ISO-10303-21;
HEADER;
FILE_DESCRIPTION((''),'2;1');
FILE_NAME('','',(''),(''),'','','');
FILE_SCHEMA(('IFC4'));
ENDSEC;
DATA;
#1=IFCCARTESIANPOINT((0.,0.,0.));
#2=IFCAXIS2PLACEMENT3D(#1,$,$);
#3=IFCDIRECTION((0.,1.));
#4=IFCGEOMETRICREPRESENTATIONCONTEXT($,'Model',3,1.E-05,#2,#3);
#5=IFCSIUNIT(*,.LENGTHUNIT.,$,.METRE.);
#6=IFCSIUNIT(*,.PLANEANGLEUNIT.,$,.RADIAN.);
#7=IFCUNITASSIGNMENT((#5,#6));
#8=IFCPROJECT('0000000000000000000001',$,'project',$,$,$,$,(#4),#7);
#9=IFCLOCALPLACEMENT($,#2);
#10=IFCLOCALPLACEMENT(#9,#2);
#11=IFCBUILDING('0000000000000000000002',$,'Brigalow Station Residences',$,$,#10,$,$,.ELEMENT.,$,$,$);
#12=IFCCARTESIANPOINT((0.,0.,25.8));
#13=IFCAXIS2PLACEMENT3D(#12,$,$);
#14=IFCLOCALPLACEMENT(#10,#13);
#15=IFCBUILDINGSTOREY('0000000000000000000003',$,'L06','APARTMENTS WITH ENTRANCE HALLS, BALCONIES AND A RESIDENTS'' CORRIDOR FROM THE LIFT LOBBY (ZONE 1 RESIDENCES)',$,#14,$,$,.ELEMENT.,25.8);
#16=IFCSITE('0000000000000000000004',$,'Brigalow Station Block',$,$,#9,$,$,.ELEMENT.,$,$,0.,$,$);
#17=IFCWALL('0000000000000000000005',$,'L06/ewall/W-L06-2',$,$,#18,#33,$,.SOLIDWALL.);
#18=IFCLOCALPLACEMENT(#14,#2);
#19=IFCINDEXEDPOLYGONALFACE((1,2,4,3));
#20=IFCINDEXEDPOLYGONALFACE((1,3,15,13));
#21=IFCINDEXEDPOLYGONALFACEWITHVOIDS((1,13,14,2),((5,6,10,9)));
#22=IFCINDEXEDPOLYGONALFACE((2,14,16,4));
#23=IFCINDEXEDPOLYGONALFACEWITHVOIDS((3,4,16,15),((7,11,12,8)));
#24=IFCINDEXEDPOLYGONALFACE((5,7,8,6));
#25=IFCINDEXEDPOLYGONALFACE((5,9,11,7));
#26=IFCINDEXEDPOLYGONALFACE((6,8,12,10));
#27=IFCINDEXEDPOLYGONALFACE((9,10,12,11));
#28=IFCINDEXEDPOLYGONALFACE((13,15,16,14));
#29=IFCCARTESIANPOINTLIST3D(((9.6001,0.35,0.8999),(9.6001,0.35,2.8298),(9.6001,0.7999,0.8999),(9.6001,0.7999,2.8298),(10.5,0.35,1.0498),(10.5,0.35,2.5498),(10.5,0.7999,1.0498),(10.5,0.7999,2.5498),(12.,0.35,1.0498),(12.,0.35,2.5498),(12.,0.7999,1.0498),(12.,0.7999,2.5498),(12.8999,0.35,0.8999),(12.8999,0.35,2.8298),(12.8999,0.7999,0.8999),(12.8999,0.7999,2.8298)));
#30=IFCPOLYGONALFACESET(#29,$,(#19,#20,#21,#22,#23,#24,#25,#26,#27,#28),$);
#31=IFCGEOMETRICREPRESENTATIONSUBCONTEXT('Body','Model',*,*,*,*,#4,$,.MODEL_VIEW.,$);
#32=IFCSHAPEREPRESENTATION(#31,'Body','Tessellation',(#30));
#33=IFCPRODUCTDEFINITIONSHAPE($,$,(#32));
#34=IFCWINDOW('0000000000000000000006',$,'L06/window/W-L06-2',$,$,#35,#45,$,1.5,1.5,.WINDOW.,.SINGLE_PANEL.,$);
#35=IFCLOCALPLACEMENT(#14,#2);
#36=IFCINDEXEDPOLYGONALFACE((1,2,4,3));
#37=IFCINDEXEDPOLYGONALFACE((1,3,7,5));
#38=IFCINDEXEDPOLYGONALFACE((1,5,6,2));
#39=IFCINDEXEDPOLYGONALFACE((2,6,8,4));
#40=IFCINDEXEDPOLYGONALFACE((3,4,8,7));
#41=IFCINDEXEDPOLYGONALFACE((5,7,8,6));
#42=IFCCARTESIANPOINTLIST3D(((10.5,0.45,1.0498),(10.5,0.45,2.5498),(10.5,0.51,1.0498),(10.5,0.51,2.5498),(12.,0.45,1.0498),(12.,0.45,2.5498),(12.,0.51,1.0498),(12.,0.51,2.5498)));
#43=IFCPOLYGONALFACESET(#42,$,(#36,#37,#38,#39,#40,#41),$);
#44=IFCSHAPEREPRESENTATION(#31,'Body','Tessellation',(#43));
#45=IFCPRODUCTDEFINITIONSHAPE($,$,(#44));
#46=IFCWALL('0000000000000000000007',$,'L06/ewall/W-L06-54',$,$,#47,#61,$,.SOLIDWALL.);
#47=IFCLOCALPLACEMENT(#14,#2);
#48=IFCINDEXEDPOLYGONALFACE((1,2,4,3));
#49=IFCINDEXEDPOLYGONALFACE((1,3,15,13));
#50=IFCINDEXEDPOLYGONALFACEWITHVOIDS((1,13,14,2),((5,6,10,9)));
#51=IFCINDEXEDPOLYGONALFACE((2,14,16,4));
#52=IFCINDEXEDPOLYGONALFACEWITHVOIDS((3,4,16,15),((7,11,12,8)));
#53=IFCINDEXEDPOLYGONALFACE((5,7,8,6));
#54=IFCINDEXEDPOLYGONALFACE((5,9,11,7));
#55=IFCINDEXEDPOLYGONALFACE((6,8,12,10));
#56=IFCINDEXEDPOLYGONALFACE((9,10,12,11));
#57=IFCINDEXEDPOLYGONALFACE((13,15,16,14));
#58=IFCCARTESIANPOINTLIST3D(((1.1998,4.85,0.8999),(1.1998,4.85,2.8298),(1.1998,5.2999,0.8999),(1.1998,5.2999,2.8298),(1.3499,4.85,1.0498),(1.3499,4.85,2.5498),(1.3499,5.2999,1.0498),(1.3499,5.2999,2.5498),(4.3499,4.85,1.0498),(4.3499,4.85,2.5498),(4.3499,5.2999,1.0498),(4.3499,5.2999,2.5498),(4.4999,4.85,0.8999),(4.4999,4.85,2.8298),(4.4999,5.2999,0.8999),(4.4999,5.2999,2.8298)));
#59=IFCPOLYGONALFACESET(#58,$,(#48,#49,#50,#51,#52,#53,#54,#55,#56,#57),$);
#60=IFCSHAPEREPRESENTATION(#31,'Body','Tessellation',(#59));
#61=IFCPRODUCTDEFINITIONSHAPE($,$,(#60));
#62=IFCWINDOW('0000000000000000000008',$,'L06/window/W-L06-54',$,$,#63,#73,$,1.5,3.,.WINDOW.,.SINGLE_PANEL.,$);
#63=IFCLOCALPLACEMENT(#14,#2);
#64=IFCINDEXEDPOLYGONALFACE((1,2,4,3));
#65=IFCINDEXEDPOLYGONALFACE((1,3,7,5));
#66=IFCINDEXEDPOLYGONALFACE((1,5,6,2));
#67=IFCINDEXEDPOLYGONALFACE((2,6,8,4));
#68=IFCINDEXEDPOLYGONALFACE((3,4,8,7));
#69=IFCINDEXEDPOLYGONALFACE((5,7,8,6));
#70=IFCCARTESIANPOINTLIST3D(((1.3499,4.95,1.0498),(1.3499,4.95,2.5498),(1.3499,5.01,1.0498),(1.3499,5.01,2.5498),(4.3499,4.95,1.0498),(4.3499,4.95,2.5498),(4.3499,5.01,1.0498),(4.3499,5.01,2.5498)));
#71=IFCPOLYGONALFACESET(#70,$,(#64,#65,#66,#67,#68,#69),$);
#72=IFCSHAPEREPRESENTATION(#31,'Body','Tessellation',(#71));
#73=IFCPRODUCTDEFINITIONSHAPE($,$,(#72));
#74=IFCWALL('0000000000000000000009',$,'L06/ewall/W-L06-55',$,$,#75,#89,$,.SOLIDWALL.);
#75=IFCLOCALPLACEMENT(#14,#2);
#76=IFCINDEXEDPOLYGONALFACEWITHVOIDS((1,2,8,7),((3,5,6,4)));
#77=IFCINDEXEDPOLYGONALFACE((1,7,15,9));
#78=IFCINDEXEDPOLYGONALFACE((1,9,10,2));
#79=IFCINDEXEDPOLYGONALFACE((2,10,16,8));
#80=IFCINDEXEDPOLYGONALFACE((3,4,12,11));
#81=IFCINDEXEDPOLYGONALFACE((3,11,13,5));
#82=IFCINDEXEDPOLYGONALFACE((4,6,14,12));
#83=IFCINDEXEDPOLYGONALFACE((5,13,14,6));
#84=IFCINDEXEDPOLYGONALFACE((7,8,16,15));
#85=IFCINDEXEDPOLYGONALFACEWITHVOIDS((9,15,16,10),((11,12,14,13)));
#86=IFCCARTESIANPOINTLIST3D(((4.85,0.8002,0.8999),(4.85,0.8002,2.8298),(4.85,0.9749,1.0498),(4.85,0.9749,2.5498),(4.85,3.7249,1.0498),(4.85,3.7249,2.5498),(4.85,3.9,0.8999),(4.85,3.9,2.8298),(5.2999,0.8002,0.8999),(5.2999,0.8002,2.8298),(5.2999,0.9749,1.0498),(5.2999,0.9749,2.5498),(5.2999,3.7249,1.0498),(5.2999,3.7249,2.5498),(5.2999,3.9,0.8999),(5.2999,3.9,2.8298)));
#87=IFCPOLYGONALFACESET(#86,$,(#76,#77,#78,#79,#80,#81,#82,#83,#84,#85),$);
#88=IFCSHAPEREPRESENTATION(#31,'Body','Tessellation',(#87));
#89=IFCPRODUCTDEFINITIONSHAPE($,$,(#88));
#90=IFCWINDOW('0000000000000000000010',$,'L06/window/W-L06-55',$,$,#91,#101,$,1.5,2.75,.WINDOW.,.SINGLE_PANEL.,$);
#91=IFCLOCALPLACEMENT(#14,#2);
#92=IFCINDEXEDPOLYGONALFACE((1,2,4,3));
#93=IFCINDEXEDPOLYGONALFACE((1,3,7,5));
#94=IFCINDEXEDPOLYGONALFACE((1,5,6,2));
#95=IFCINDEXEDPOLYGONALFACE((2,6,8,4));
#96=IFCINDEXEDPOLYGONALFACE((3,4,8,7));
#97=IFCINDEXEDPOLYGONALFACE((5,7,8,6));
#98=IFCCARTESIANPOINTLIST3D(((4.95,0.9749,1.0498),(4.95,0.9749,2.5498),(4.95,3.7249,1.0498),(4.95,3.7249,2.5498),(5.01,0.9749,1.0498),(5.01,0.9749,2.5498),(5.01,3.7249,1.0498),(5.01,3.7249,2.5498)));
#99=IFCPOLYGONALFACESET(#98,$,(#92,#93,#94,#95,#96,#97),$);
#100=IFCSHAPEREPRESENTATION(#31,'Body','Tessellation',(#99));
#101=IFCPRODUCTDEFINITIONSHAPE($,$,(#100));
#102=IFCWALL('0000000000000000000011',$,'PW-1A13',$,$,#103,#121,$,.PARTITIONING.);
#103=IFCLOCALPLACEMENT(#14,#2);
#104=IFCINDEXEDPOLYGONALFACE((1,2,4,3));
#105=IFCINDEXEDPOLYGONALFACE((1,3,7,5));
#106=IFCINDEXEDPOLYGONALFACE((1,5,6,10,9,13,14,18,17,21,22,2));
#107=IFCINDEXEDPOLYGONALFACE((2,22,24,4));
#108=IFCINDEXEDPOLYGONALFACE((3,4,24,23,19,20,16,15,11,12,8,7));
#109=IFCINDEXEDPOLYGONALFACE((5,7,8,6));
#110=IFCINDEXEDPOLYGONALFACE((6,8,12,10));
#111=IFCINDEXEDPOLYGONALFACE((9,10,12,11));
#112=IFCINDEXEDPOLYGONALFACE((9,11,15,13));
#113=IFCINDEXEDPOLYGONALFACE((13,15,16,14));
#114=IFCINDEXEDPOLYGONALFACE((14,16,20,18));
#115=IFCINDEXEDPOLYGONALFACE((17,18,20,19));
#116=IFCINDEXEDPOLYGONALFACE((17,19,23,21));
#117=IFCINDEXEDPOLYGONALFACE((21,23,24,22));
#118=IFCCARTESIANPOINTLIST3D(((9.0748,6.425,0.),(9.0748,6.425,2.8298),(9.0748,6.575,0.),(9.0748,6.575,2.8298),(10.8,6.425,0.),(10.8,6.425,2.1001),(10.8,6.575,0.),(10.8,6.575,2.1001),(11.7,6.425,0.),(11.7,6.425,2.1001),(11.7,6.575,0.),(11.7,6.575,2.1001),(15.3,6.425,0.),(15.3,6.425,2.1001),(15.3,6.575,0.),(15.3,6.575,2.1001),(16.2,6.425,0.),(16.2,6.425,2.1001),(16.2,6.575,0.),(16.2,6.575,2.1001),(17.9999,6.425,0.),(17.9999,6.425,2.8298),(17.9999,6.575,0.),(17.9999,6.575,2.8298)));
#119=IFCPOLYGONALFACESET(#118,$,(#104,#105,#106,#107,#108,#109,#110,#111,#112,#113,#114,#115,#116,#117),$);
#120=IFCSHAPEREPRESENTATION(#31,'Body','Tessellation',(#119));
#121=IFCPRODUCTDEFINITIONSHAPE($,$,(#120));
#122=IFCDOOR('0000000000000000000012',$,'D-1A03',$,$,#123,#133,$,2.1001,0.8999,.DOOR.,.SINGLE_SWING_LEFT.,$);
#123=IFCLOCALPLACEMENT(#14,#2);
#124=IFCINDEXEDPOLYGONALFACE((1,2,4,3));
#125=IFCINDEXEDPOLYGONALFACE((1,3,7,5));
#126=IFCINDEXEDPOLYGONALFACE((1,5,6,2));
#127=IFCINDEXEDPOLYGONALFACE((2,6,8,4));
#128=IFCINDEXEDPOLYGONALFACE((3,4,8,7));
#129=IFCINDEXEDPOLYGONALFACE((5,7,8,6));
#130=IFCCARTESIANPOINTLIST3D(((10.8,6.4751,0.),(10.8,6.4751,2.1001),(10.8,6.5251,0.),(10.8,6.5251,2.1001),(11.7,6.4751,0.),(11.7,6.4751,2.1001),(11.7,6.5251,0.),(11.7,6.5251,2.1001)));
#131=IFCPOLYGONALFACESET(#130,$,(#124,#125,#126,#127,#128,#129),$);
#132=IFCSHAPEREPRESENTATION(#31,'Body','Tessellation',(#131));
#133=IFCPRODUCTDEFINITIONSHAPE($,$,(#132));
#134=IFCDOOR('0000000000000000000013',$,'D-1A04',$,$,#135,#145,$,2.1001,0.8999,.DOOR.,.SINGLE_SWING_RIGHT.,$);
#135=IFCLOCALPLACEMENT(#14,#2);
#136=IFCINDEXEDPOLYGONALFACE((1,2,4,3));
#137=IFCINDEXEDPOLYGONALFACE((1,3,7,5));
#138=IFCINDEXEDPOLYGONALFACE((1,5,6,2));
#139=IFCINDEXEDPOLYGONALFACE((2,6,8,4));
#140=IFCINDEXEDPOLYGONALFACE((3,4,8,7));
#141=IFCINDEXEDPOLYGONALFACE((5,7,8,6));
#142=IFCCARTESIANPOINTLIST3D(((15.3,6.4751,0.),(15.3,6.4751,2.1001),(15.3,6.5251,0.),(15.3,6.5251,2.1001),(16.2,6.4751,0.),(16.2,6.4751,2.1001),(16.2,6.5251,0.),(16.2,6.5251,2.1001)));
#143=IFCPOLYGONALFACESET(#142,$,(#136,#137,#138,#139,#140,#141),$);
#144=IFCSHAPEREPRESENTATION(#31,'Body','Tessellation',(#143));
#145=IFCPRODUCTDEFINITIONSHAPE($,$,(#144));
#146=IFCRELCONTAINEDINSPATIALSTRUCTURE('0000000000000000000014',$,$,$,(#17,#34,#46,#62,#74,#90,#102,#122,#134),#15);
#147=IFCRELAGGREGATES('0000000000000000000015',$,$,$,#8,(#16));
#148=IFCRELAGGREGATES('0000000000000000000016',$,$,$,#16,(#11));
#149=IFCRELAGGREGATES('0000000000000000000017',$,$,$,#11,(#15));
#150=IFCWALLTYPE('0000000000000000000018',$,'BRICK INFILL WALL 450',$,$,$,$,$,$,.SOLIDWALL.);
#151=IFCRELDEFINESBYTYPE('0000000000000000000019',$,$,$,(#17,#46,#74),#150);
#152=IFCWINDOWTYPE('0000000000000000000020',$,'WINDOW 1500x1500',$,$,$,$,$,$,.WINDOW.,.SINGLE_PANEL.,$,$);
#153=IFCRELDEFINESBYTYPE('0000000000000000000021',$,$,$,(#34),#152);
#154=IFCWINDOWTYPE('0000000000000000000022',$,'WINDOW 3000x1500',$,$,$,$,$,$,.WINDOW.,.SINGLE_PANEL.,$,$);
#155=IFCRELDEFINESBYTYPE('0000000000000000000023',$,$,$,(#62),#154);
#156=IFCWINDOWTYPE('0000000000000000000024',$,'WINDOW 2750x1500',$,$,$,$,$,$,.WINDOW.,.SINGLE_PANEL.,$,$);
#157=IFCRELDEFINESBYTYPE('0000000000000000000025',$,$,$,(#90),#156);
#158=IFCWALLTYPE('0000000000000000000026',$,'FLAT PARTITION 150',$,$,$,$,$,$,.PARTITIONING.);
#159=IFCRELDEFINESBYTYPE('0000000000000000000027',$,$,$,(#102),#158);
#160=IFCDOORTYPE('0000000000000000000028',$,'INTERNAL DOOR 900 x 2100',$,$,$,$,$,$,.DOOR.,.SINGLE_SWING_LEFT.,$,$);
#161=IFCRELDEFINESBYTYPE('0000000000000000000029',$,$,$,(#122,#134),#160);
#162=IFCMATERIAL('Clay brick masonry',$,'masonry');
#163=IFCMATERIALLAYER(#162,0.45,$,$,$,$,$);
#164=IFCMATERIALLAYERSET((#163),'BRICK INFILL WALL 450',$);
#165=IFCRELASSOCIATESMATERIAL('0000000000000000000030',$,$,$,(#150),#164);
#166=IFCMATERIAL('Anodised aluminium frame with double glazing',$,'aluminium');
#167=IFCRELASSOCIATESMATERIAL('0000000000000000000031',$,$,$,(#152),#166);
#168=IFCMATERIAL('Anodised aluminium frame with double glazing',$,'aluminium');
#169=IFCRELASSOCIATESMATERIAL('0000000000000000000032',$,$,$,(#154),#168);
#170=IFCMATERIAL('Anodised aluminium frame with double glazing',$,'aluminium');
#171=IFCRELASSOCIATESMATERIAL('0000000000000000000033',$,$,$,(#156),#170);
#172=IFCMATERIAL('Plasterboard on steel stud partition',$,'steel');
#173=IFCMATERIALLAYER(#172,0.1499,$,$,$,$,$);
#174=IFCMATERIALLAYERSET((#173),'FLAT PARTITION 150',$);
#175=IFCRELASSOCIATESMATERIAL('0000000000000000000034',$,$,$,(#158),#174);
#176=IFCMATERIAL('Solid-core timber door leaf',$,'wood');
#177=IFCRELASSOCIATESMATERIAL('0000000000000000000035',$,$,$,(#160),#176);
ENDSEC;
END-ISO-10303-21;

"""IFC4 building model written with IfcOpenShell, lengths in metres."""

from ifc_helpers import new_model, si_unit, direction, frame, frame_2d, origin, place, context, subcontext, project, spatial, rectangle, extrude, material, layer, layer_set, type_object, element, fill, save


model = new_model("IFC4")

# Units and contexts
model_context = context("Model", 3, precision=1e-05, world=origin(), true_north=direction((0.0, 1.0)))
body_context = subcontext(model_context, "Body", "Model", "MODEL_VIEW")
ifc_project = project(units=[si_unit("LENGTHUNIT", "METRE"), si_unit("PLANEANGLEUNIT", "RADIAN")], contexts=[model_context])

# Site, building, storey
site_placement = place(None, origin())
site = spatial("IfcSite", under=ifc_project, at=site_placement, Name="Brigalow Station Block", CompositionType="ELEMENT", RefElevation=0.0)
building_placement = place(site_placement, origin())
building = spatial("IfcBuilding", under=site, at=building_placement, Name="Brigalow Station Residences", CompositionType="ELEMENT")
storey_placement = place(building_placement, frame((0.0, 0.0, 25.8)))
storey = spatial("IfcBuildingStorey", under=building, at=storey_placement, Name="L06", Description="APARTMENTS WITH ENTRANCE HALLS, BALCONIES AND A RESIDENTS' CORRIDOR FROM THE LIFT LOBBY (ZONE 1 RESIDENCES)", CompositionType="ELEMENT", Elevation=25.8)

# Walls, openings, windows
ifc_material_1 = material(Name="Clay brick masonry", Category="masonry")
ifc_layer_1 = layer(ifc_material_1, 0.45)
ifc_layer_set_1 = layer_set([ifc_layer_1], Name="BRICK INFILL WALL 450")
wall_type_1 = type_object("IfcWallType", Name="BRICK INFILL WALL 450", PredefinedType="SOLIDWALL", material=ifc_layer_set_1)
ifc_material_2 = material(Name="Anodised aluminium frame with double glazing", Category="aluminium")
window_type_1 = type_object("IfcWindowType", Name="WINDOW 1500x1500", PartitioningType="SINGLE_PANEL", PredefinedType="WINDOW", material=ifc_material_2)
wall_1_placement = place(storey_placement, frame((9.6001, 0.575, 0.8999), z_axis=(0.0, 0.0, 1.0), x_axis=(1.0, 0.0, 0.0)))
wall_1 = element("IfcWall", 1, at=wall_1_placement, inside=storey, type_object=wall_type_1, Name="L06/ewall/W-L06-2", PredefinedType="SOLIDWALL", context=body_context, shape_type="SweptSolid", body=[
    extrude(rectangle(XDim=3.2998, YDim=0.45, at=frame_2d((1.6499, 0.0))), origin(), (0.0, 0.0, 1.0), 1.9299),
])
opening_1_placement = place(wall_1_placement, frame((0.8999, 0.0, 0.1499)))
opening_1 = element("IfcOpeningElement", 2, at=opening_1_placement, cuts=wall_1, PredefinedType="OPENING", context=body_context, shape_type="SweptSolid", body=[
    extrude(rectangle(XDim=1.5, YDim=1.5, at=frame_2d((0.75, 0.75))), frame((0.0, 0.2349, 0.0), z_axis=(0.0, -1.0, 0.0), x_axis=(1.0, 0.0, 0.0)), (0.0, 0.0, 1.0), 0.47),
])
window_1_placement = place(opening_1_placement, origin())
window_1 = element("IfcWindow", 3, at=window_1_placement, inside=storey, type_object=window_type_1, Name="L06/window/W-L06-2", OverallHeight=1.5, OverallWidth=1.5, PartitioningType="SINGLE_PANEL", PredefinedType="WINDOW", context=body_context, shape_type="SweptSolid", body=[
    extrude(rectangle(XDim=1.5, YDim=1.5, at=frame_2d((0.75, 0.75))), frame((0.0, -0.0649, 0.0), z_axis=(0.0, -1.0, 0.0), x_axis=(1.0, 0.0, 0.0)), (0.0, 0.0, 1.0), 0.0601),
])
fill(opening_1, window_1)
wall_2_placement = place(storey_placement, frame((1.2, 5.075, 0.8999), z_axis=(0.0, 0.0, 1.0), x_axis=(1.0, 0.0, 0.0)))
wall_2 = element("IfcWall", 4, at=wall_2_placement, inside=storey, type_object=wall_type_1, Name="L06/ewall/W-L06-54", PredefinedType="SOLIDWALL", context=body_context, shape_type="SweptSolid", body=[
    extrude(rectangle(XDim=3.3, YDim=0.45, at=frame_2d((1.6499, 0.0))), origin(), (0.0, 0.0, 1.0), 1.9299),
])
opening_2_placement = place(wall_2_placement, frame((0.1499, 0.0, 0.1499)))
opening_2 = element("IfcOpeningElement", 5, at=opening_2_placement, cuts=wall_2, PredefinedType="OPENING", context=body_context, shape_type="SweptSolid", body=[
    extrude(rectangle(XDim=3.0, YDim=1.5, at=frame_2d((1.5, 0.75))), frame((0.0, 0.2349, 0.0), z_axis=(0.0, -1.0, 0.0), x_axis=(1.0, 0.0, 0.0)), (0.0, 0.0, 1.0), 0.47),
])
ifc_material_3 = material(Name="Anodised aluminium frame with double glazing", Category="aluminium")
window_type_2 = type_object("IfcWindowType", Name="WINDOW 3000x1500", PartitioningType="SINGLE_PANEL", PredefinedType="WINDOW", material=ifc_material_3)
window_2_placement = place(opening_2_placement, origin())
window_2 = element("IfcWindow", 6, at=window_2_placement, inside=storey, type_object=window_type_2, Name="L06/window/W-L06-54", OverallHeight=1.5, OverallWidth=3.0, PartitioningType="SINGLE_PANEL", PredefinedType="WINDOW", context=body_context, shape_type="SweptSolid", body=[
    extrude(rectangle(XDim=3.0, YDim=1.5, at=frame_2d((1.5, 0.75))), frame((0.0, -0.0649, 0.0), z_axis=(0.0, -1.0, 0.0), x_axis=(1.0, 0.0, 0.0)), (0.0, 0.0, 1.0), 0.0601),
])
fill(opening_2, window_2)
wall_3_placement = place(storey_placement, frame((5.075, 3.8999, 0.8999), z_axis=(0.0, 0.0, 1.0), x_axis=(0.0, -1.0, 0.0)))
wall_3 = element("IfcWall", 7, at=wall_3_placement, inside=storey, type_object=wall_type_1, Name="L06/ewall/W-L06-55", PredefinedType="SOLIDWALL", context=body_context, shape_type="SweptSolid", body=[
    extrude(rectangle(XDim=3.0999, YDim=0.45, at=frame_2d((1.5498, 0.0))), origin(), (0.0, 0.0, 1.0), 1.9299),
])
opening_3_placement = place(wall_3_placement, frame((0.175, 0.0, 0.1499)))
opening_3 = element("IfcOpeningElement", 8, at=opening_3_placement, cuts=wall_3, PredefinedType="OPENING", context=body_context, shape_type="SweptSolid", body=[
    extrude(rectangle(XDim=2.75, YDim=1.5, at=frame_2d((1.375, 0.75))), frame((0.0, 0.2349, 0.0), z_axis=(0.0, -1.0, 0.0), x_axis=(1.0, 0.0, 0.0)), (0.0, 0.0, 1.0), 0.47),
])
ifc_material_4 = material(Name="Anodised aluminium frame with double glazing", Category="aluminium")
window_type_3 = type_object("IfcWindowType", Name="WINDOW 2750x1500", PartitioningType="SINGLE_PANEL", PredefinedType="WINDOW", material=ifc_material_4)
window_3_placement = place(opening_3_placement, origin())
window_3 = element("IfcWindow", 9, at=window_3_placement, inside=storey, type_object=window_type_3, Name="L06/window/W-L06-55", OverallHeight=1.5, OverallWidth=2.75, PartitioningType="SINGLE_PANEL", PredefinedType="WINDOW", context=body_context, shape_type="SweptSolid", body=[
    extrude(rectangle(XDim=2.75, YDim=1.5, at=frame_2d((1.375, 0.75))), frame((0.0, -0.0649, 0.0), z_axis=(0.0, -1.0, 0.0), x_axis=(1.0, 0.0, 0.0)), (0.0, 0.0, 1.0), 0.0601),
])
fill(opening_3, window_3)

# Wall, openings, doors
ifc_material_5 = material(Name="Plasterboard on steel stud partition", Category="steel")
ifc_layer_2 = layer(ifc_material_5, 0.1499)
ifc_layer_set_2 = layer_set([ifc_layer_2], Name="FLAT PARTITION 150")
wall_type_2 = type_object("IfcWallType", Name="FLAT PARTITION 150", PredefinedType="PARTITIONING", material=ifc_layer_set_2)
wall_4_placement = place(storey_placement, frame((9.075, 6.5, 0.0), z_axis=(0.0, 0.0, 1.0), x_axis=(1.0, 0.0, 0.0)))
wall_4 = element("IfcWall", 10, at=wall_4_placement, inside=storey, type_object=wall_type_2, Name="PW-1A13", PredefinedType="PARTITIONING", context=body_context, shape_type="SweptSolid", body=[
    extrude(rectangle(XDim=8.925, YDim=0.1499, at=frame_2d((4.4624, 0.0))), origin(), (0.0, 0.0, 1.0), 2.8298),
])
opening_4_placement = place(wall_4_placement, frame((1.7251, 0.0, 0.0)))
opening_4 = element("IfcOpeningElement", 11, at=opening_4_placement, cuts=wall_4, PredefinedType="OPENING", context=body_context, shape_type="SweptSolid", body=[
    extrude(rectangle(XDim=0.8999, YDim=2.1001, at=frame_2d((0.45, 1.05))), frame((0.0, 0.085, 0.0), z_axis=(0.0, -1.0, 0.0), x_axis=(1.0, 0.0, 0.0)), (0.0, 0.0, 1.0), 0.1699),
])
opening_5_placement = place(wall_4_placement, frame((6.2251, 0.0, 0.0)))
opening_5 = element("IfcOpeningElement", 12, at=opening_5_placement, cuts=wall_4, PredefinedType="OPENING", context=body_context, shape_type="SweptSolid", body=[
    extrude(rectangle(XDim=0.8999, YDim=2.1001, at=frame_2d((0.45, 1.05))), frame((0.0, 0.085, 0.0), z_axis=(0.0, -1.0, 0.0), x_axis=(1.0, 0.0, 0.0)), (0.0, 0.0, 1.0), 0.1699),
])
ifc_material_6 = material(Name="Solid-core timber door leaf", Category="wood")
door_type = type_object("IfcDoorType", Name="INTERNAL DOOR 900 x 2100", OperationType="SINGLE_SWING_LEFT", PredefinedType="DOOR", material=ifc_material_6)
door_1_placement = place(opening_4_placement, frame((0.8999, 0.0, 0.0), z_axis=(0.0, 0.0, 1.0), x_axis=(-1.0, 0.0, 0.0)))
door_1 = element("IfcDoor", 13, at=door_1_placement, inside=storey, type_object=door_type, Name="D-1A03", OperationType="SINGLE_SWING_LEFT", OverallHeight=2.1001, OverallWidth=0.8999, PredefinedType="DOOR", context=body_context, shape_type="SweptSolid", body=[
    extrude(rectangle(XDim=0.8999, YDim=2.1001, at=frame_2d((0.45, 1.05))), frame((0.0, 0.0249, 0.0), z_axis=(0.0, -1.0, 0.0), x_axis=(1.0, 0.0, 0.0)), (0.0, 0.0, 1.0), 0.05),
])
fill(opening_4, door_1)
door_2_placement = place(opening_5_placement, frame((0.8999, 0.0, 0.0), z_axis=(0.0, 0.0, 1.0), x_axis=(-1.0, 0.0, 0.0)))
door_2 = element("IfcDoor", 14, at=door_2_placement, inside=storey, type_object=door_type, Name="D-1A04", OperationType="SINGLE_SWING_RIGHT", OverallHeight=2.1001, OverallWidth=0.8999, PredefinedType="DOOR", context=body_context, shape_type="SweptSolid", body=[
    extrude(rectangle(XDim=0.8999, YDim=2.1001, at=frame_2d((0.45, 1.05))), frame((0.0, 0.0249, 0.0), z_axis=(0.0, -1.0, 0.0), x_axis=(1.0, 0.0, 0.0)), (0.0, 0.0, 1.0), 0.05),
])
fill(opening_5, door_2)

save(model, "model.ifc")
